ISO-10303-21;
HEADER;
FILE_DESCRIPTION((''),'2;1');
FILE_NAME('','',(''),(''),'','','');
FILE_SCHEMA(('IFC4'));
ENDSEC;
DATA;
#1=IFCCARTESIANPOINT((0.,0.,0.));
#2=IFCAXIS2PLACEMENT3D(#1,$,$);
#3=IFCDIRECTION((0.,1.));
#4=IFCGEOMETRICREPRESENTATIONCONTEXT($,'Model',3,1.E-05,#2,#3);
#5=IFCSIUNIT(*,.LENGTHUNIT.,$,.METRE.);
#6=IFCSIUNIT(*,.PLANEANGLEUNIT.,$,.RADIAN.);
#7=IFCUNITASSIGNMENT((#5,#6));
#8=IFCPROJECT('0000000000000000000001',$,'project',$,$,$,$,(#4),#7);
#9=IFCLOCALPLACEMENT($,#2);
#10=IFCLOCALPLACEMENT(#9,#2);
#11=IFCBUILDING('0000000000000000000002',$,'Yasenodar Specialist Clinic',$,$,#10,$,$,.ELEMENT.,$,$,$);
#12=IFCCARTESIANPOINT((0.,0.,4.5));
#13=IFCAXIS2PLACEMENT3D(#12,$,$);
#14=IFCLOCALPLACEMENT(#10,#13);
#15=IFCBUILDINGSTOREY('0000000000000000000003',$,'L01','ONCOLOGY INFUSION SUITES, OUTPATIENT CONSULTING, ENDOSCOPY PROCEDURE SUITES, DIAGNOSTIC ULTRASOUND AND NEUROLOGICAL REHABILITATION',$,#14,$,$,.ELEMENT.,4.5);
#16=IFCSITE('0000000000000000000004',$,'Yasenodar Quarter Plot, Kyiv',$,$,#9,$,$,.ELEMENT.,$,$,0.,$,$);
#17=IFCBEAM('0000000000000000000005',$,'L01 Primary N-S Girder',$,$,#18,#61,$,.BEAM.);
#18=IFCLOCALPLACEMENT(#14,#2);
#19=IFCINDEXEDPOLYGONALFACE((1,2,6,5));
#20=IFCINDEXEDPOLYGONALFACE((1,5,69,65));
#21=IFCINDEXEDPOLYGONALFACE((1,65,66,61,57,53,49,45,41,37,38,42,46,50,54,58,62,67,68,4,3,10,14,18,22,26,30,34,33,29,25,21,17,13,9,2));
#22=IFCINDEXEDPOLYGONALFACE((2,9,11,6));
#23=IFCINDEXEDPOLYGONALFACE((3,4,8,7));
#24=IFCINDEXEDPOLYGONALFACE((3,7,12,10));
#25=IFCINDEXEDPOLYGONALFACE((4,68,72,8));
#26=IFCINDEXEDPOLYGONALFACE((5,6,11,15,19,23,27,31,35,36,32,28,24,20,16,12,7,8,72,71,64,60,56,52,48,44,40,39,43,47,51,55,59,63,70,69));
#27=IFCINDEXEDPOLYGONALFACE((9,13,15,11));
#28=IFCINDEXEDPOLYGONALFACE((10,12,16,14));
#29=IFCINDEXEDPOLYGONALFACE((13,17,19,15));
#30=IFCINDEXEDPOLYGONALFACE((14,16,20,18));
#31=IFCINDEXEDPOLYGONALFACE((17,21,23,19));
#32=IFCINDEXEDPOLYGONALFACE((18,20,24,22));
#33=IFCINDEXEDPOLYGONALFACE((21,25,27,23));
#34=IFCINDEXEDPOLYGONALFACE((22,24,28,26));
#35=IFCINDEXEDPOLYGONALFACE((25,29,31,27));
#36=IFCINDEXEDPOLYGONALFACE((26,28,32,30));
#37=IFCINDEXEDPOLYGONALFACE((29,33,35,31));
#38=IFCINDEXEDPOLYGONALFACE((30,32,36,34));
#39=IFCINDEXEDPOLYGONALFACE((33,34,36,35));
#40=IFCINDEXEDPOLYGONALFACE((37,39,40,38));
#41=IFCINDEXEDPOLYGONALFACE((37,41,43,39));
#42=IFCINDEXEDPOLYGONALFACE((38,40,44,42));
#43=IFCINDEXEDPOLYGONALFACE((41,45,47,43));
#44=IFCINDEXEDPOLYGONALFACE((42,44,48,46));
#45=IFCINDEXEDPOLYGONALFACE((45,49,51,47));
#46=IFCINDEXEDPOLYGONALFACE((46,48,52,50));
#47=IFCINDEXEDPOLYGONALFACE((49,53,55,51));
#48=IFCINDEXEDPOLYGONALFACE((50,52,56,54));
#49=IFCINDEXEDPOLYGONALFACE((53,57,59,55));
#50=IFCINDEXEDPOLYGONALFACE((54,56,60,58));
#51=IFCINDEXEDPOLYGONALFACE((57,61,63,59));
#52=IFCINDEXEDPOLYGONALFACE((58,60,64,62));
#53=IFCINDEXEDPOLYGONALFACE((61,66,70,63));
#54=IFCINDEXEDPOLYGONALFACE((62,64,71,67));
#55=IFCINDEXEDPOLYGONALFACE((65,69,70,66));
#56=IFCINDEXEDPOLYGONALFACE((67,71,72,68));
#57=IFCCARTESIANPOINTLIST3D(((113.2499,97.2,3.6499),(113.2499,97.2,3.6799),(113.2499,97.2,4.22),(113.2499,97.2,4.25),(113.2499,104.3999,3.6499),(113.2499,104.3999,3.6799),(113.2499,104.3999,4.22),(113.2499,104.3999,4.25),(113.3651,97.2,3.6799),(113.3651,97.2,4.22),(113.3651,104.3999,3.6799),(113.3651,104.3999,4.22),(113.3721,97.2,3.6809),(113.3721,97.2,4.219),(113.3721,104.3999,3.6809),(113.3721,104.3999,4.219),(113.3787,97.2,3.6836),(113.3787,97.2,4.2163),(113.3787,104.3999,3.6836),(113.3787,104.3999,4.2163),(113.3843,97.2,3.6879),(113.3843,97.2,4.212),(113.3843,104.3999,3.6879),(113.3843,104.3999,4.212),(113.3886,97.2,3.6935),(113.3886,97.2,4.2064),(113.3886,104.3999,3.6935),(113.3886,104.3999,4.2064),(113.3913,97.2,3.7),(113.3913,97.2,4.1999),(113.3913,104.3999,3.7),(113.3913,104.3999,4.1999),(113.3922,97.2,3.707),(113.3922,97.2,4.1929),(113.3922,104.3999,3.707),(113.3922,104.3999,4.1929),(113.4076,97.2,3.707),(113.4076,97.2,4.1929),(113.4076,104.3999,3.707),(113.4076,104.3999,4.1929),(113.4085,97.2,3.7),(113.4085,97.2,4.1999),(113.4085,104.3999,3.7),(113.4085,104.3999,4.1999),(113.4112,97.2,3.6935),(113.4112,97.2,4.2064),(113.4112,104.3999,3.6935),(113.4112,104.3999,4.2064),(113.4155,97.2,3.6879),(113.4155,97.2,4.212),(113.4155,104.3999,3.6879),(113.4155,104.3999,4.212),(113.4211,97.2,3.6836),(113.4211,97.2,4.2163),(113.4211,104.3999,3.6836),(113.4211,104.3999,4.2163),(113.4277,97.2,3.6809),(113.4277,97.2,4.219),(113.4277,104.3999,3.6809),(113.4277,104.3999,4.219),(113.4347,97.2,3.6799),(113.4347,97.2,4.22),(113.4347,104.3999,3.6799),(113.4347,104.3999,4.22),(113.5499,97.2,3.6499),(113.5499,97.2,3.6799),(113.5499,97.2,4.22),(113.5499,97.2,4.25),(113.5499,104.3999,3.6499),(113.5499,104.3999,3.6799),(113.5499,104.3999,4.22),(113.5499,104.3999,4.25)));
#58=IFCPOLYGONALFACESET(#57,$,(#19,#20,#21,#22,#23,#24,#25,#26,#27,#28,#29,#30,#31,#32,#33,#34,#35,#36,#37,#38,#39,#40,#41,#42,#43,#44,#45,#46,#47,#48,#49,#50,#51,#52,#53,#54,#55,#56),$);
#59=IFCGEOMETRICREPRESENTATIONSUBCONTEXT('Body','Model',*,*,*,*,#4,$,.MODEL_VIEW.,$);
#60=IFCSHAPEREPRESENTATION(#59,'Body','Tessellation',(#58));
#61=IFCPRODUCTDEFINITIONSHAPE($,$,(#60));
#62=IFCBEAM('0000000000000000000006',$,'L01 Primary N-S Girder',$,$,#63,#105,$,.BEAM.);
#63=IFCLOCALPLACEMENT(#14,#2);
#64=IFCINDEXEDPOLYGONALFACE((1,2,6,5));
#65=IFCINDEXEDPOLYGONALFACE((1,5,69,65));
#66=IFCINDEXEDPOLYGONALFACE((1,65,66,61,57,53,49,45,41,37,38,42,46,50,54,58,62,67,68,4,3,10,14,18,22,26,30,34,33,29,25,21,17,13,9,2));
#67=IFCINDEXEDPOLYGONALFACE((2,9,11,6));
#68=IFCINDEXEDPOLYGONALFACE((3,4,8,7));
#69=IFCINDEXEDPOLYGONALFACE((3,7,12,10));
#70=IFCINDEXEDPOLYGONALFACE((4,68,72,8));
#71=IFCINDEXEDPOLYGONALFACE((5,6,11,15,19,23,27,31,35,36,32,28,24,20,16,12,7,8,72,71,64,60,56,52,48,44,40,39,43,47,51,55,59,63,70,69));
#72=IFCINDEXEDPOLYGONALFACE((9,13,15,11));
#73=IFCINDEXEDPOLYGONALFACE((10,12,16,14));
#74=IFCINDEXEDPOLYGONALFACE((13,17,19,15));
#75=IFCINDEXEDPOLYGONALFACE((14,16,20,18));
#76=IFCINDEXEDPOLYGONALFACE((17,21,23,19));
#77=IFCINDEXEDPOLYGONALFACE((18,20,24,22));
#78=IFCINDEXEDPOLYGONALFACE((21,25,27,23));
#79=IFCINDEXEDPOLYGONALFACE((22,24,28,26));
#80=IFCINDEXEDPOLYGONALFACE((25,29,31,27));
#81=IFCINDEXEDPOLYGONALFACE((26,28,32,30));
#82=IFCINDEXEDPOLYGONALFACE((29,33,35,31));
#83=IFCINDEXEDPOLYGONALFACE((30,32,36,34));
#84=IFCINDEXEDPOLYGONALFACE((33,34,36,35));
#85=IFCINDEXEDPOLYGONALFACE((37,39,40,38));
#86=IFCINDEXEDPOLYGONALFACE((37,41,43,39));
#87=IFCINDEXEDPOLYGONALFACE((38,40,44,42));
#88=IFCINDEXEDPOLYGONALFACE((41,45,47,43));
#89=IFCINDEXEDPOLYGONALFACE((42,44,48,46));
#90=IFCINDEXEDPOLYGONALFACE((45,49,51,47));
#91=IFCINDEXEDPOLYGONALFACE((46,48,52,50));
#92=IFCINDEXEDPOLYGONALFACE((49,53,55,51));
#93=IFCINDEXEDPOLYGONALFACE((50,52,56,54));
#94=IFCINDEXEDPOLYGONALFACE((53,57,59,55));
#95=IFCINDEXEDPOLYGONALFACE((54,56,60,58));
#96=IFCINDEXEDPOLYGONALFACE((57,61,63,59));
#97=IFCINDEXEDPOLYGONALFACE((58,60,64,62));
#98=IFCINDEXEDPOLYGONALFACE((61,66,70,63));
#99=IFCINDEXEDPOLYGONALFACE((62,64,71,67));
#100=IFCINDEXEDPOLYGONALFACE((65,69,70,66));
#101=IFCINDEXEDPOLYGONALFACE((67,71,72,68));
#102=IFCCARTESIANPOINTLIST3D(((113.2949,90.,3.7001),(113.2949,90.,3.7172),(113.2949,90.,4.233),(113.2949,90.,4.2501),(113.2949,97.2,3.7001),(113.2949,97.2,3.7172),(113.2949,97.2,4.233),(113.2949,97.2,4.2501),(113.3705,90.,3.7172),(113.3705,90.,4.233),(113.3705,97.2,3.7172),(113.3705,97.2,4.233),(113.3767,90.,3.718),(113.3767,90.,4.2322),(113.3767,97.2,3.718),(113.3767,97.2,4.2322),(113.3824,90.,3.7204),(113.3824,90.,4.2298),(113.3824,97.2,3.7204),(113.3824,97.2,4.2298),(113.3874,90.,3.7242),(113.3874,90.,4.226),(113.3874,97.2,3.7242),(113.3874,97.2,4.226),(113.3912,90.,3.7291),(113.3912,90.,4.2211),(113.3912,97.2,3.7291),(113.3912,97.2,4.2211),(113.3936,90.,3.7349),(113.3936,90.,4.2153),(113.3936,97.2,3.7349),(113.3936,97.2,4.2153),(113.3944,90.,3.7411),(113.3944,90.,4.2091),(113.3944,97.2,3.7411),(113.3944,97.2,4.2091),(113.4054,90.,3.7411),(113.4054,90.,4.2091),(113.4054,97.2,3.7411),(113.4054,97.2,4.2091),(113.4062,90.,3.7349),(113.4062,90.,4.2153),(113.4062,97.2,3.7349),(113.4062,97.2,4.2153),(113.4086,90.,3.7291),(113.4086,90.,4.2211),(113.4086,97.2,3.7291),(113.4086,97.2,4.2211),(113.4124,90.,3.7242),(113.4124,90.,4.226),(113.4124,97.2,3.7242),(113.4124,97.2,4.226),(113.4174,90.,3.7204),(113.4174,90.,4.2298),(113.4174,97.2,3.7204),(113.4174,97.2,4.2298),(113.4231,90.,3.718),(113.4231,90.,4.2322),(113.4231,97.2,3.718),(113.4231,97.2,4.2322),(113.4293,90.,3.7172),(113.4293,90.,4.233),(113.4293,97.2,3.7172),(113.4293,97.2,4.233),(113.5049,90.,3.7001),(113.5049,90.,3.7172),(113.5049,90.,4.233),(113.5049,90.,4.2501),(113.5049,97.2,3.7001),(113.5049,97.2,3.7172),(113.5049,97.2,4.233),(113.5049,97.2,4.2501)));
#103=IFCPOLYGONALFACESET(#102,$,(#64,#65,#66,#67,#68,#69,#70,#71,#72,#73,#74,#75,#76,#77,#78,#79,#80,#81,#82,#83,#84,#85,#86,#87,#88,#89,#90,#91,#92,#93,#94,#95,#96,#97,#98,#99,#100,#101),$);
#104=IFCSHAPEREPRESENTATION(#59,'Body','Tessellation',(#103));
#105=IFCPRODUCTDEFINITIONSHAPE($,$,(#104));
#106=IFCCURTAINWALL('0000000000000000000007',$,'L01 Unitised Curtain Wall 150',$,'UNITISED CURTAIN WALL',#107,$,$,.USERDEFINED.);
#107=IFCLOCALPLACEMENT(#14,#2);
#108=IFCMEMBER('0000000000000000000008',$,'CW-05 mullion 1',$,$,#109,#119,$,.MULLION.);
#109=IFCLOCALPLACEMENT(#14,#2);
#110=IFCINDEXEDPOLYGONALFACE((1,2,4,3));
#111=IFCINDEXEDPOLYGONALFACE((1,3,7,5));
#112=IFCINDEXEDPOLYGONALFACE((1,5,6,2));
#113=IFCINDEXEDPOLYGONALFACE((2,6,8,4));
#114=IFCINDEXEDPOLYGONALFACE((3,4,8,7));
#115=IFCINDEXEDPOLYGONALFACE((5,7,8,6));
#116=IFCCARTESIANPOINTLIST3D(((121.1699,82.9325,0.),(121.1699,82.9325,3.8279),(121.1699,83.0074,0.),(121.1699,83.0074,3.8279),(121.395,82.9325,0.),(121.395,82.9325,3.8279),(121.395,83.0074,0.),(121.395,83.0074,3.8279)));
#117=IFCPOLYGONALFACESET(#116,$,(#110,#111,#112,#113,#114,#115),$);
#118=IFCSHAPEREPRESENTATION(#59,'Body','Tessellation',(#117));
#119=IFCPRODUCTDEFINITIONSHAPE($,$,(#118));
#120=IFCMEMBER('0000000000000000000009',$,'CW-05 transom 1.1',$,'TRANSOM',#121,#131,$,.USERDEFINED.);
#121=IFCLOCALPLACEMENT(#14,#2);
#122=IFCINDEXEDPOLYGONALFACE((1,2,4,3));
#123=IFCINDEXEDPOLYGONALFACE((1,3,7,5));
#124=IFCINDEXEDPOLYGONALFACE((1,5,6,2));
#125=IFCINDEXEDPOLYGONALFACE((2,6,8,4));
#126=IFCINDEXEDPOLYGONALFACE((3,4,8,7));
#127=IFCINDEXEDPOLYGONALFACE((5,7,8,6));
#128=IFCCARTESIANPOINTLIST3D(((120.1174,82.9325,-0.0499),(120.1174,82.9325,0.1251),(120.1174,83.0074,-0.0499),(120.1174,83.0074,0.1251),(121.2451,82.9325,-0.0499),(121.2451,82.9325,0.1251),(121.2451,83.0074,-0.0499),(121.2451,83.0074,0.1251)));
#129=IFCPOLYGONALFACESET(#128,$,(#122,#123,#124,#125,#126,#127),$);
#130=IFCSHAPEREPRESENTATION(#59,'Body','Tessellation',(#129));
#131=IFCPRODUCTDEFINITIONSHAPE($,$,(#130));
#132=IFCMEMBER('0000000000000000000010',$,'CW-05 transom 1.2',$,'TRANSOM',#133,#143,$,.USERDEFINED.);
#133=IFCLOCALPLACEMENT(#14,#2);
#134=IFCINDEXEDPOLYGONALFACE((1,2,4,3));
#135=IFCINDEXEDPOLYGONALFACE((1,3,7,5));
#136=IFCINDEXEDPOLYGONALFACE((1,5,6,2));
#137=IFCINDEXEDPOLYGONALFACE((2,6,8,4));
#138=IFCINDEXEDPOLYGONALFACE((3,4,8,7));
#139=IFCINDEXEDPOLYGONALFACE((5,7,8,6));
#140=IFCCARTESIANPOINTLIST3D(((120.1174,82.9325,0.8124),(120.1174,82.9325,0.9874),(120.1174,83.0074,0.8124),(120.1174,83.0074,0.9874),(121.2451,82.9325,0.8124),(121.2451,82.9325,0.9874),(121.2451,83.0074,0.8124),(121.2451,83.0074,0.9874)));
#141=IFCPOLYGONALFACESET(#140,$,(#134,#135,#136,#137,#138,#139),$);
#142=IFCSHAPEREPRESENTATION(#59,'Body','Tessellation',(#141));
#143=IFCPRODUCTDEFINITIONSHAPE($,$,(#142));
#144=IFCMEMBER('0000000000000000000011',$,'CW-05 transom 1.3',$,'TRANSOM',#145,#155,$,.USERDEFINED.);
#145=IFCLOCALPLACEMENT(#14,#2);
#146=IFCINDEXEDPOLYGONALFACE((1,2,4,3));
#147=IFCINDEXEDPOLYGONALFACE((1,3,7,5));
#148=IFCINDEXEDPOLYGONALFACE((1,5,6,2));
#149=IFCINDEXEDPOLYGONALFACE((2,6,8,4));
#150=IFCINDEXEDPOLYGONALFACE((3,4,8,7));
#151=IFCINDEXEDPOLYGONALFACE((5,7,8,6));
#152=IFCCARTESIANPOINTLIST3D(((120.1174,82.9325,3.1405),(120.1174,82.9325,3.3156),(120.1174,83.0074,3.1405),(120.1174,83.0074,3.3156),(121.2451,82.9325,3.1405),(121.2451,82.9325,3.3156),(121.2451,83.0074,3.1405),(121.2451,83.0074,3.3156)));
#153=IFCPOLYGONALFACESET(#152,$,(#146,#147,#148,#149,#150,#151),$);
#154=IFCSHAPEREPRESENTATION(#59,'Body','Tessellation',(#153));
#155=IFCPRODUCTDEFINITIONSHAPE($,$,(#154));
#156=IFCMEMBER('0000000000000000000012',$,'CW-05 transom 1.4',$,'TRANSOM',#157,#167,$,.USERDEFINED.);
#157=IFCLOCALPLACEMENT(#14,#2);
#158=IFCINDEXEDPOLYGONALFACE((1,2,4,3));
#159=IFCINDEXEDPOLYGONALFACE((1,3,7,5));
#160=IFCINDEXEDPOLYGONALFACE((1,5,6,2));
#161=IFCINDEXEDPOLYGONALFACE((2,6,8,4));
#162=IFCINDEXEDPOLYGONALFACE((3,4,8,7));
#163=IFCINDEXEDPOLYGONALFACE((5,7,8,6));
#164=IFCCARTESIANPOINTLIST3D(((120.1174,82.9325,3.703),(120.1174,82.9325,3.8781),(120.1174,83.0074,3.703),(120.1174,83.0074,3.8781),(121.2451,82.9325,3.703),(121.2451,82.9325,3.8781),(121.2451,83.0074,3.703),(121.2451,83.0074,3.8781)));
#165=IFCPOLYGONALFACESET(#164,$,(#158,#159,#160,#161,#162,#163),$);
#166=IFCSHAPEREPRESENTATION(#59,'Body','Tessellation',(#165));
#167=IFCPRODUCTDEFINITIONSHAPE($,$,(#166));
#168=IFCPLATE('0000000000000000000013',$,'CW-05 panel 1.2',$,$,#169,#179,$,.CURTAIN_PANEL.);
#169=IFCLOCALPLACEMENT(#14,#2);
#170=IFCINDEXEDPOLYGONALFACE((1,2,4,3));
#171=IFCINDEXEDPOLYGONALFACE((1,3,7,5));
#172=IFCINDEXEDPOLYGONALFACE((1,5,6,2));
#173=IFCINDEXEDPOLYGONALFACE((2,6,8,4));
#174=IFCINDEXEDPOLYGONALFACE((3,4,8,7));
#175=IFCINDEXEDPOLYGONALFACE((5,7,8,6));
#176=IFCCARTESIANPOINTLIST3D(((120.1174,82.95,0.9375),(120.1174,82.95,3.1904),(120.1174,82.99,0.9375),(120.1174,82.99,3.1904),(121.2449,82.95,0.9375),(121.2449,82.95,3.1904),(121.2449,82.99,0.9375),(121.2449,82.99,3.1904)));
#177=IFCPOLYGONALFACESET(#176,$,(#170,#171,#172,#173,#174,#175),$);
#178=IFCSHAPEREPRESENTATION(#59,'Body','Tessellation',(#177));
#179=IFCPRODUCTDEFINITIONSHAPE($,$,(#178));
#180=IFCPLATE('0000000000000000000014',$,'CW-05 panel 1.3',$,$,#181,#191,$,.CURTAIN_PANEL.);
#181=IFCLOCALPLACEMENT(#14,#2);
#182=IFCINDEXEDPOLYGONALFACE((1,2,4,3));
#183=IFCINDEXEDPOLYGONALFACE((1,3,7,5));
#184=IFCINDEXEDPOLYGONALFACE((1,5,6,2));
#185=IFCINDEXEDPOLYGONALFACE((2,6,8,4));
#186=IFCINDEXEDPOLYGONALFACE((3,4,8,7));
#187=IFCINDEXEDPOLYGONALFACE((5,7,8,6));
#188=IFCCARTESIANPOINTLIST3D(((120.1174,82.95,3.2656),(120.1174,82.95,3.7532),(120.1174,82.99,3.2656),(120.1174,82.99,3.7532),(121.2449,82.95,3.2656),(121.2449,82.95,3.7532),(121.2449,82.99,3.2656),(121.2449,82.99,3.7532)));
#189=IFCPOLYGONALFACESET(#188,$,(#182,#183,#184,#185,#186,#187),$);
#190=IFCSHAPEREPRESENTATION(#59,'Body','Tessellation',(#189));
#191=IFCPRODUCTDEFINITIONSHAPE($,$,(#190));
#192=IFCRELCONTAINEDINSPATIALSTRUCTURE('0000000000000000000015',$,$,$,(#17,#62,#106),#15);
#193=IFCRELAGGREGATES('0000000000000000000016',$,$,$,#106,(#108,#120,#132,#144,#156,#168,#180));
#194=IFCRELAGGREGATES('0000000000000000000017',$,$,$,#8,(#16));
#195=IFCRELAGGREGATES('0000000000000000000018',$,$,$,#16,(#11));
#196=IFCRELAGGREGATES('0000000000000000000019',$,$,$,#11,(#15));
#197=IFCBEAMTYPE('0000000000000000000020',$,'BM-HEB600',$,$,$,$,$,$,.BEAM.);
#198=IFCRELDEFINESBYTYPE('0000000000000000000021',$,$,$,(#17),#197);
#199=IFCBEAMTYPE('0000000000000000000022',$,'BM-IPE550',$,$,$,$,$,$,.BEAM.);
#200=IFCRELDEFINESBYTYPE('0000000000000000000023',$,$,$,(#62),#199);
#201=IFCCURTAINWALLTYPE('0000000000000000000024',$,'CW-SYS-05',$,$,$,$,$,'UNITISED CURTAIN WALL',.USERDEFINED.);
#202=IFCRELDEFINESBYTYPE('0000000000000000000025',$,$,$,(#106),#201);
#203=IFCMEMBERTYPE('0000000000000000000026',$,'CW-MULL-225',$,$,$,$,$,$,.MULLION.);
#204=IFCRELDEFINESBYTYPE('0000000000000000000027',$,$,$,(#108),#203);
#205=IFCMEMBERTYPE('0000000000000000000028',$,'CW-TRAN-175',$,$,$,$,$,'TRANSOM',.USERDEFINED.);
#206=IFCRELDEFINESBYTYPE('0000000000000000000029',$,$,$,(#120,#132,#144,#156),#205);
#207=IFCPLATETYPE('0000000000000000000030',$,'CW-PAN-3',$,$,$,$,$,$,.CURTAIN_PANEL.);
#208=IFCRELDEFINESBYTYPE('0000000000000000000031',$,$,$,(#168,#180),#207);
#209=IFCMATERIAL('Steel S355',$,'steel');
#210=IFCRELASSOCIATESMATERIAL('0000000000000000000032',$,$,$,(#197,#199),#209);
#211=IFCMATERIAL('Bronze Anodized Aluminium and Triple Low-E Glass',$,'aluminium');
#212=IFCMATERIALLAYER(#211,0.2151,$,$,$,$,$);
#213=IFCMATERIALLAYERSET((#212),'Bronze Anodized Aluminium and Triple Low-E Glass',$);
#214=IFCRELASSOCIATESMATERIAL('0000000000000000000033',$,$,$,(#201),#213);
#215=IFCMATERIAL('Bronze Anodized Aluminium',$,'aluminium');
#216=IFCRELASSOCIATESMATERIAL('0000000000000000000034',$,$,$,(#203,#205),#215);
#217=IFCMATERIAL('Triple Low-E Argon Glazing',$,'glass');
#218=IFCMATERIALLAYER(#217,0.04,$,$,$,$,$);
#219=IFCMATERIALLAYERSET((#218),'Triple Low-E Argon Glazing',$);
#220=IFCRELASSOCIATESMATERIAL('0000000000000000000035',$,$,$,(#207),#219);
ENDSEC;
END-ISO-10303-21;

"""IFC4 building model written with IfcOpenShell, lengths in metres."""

from ifc_helpers import new_model, si_unit, direction, frame, origin, origin_2d, place, context, subcontext, project, spatial, rectangle, i_section, extrude, material, layer, layer_set, material_profile, profile_set, type_object, element, aggregate, save


model = new_model("IFC4")

# Units and contexts
model_context = context("Model", 3, precision=1e-05, world=origin(), true_north=direction((0.0, 1.0)))
body_context = subcontext(model_context, "Body", "Model", "MODEL_VIEW")
ifc_project = project(units=[si_unit("LENGTHUNIT", "METRE"), si_unit("PLANEANGLEUNIT", "RADIAN")], contexts=[model_context])

# Site, building, storey
site_placement = place(None, origin())
site = spatial("IfcSite", under=ifc_project, at=site_placement, Name="Yasenodar Quarter Plot, Kyiv", CompositionType="ELEMENT", RefElevation=0.0)
building_placement = place(site_placement, origin())
building = spatial("IfcBuilding", under=site, at=building_placement, Name="Yasenodar Specialist Clinic", CompositionType="ELEMENT")
storey_placement = place(building_placement, frame((0.0, 0.0, 4.5)))
storey = spatial("IfcBuildingStorey", under=building, at=storey_placement, Name="L01", Description="ONCOLOGY INFUSION SUITES, OUTPATIENT CONSULTING, ENDOSCOPY PROCEDURE SUITES, DIAGNOSTIC ULTRASOUND AND NEUROLOGICAL REHABILITATION", CompositionType="ELEMENT", Elevation=4.5)

# Shared definitions
ifc_material_1 = material(Name="Steel S355", Category="steel")

# Beams
ifc_material_profile_1 = material_profile(ifc_material_1, i_section(OverallWidth=0.3, OverallDepth=0.6001, WebThickness=0.0154, FlangeThickness=0.03, FilletRadius=0.0271, at=origin_2d()), Name="HEB 600")
ifc_profile_set_1 = profile_set([ifc_material_profile_1], Name="Steel S355")
beam_type_1 = type_object("IfcBeamType", Name="BM-HEB600", PredefinedType="BEAM", material=ifc_profile_set_1)
beam_1_placement = place(storey_placement, frame((113.3999, 97.2, 3.95), z_axis=(0.0, 1.0, 0.0), x_axis=(-1.0, 0.0, 0.0)))
element("IfcBeam", 1, at=beam_1_placement, inside=storey, type_object=beam_type_1, Name="L01 Primary N-S Girder", PredefinedType="BEAM", context=body_context, shape_type="SweptSolid", body=[
    extrude(i_section(OverallWidth=0.3, OverallDepth=0.6001, WebThickness=0.0154, FlangeThickness=0.03, FilletRadius=0.0271, at=origin_2d()), origin(), (0.0, 0.0, 1.0), 7.2),
])
ifc_material_profile_2 = material_profile(ifc_material_1, i_section(OverallWidth=0.21, OverallDepth=0.55, WebThickness=0.011, FlangeThickness=0.0171, FilletRadius=0.0239, at=origin_2d()), Name="IPE 550")
ifc_profile_set_2 = profile_set([ifc_material_profile_2], Name="Steel S355")
beam_type_2 = type_object("IfcBeamType", Name="BM-IPE550", PredefinedType="BEAM", material=ifc_profile_set_2)
beam_2_placement = place(storey_placement, frame((113.3999, 90.0, 3.9751), z_axis=(0.0, 1.0, 0.0), x_axis=(-1.0, 0.0, 0.0)))
element("IfcBeam", 2, at=beam_2_placement, inside=storey, type_object=beam_type_2, Name="L01 Primary N-S Girder", PredefinedType="BEAM", context=body_context, shape_type="SweptSolid", body=[
    extrude(i_section(OverallWidth=0.21, OverallDepth=0.55, WebThickness=0.011, FlangeThickness=0.0171, FilletRadius=0.0239, at=origin_2d()), origin(), (0.0, 0.0, 1.0), 7.2),
])

# Curtain wall, members, plates
ifc_material_2 = material(Name="Bronze Anodized Aluminium and Triple Low-E Glass", Category="aluminium")
ifc_layer_1 = layer(ifc_material_2, 0.2151)
ifc_layer_set_1 = layer_set([ifc_layer_1], Name="Bronze Anodized Aluminium and Triple Low-E Glass")
curtain_wall_type = type_object("IfcCurtainWallType", Name="CW-SYS-05", ElementType="UNITISED CURTAIN WALL", PredefinedType="USERDEFINED", material=ifc_layer_set_1)
curtain_wall_placement = place(storey_placement, origin())
curtain_wall = element("IfcCurtainWall", 3, at=curtain_wall_placement, inside=storey, type_object=curtain_wall_type, Name="L01 Unitised Curtain Wall 150", ObjectType="UNITISED CURTAIN WALL", PredefinedType="USERDEFINED")
ifc_material_3 = material(Name="Bronze Anodized Aluminium", Category="aluminium")
ifc_material_profile_3 = material_profile(ifc_material_3, rectangle(XDim=0.075, YDim=0.2251, at=origin_2d()), Name="CW-MULL 75x225")
ifc_profile_set_3 = profile_set([ifc_material_profile_3], Name="Bronze Anodized Aluminium")
member_type_1 = type_object("IfcMemberType", Name="CW-MULL-225", PredefinedType="MULLION", material=ifc_profile_set_3)
member_1_placement = place(storey_placement, frame((121.2825, 82.97, 0.0), z_axis=(0.0, 0.0, 1.0), x_axis=(0.0, -1.0, 0.0)))
member_1 = element("IfcMember", 4, at=member_1_placement, type_object=member_type_1, Name="CW-05 mullion 1", PredefinedType="MULLION", context=body_context, shape_type="SweptSolid", body=[
    extrude(rectangle(XDim=0.075, YDim=0.2251, at=origin_2d()), origin(), (0.0, 0.0, 1.0), 3.8279),
])
ifc_material_profile_4 = material_profile(ifc_material_3, rectangle(XDim=0.075, YDim=0.175, at=origin_2d()), Name="CW-TRAN 75x175")
ifc_profile_set_4 = profile_set([ifc_material_profile_4], Name="Bronze Anodized Aluminium")
member_type_2 = type_object("IfcMemberType", Name="CW-TRAN-175", ElementType="TRANSOM", PredefinedType="USERDEFINED", material=ifc_profile_set_4)
member_2_placement = place(storey_placement, frame((121.2451, 82.97, 0.0376), z_axis=(-1.0, 0.0, 0.0), x_axis=(0.0, -1.0, 0.0)))
member_2 = element("IfcMember", 5, at=member_2_placement, type_object=member_type_2, Name="CW-05 transom 1.1", ObjectType="TRANSOM", PredefinedType="USERDEFINED", context=body_context, shape_type="SweptSolid", body=[
    extrude(rectangle(XDim=0.075, YDim=0.175, at=origin_2d()), origin(), (0.0, 0.0, 1.0), 1.1277),
])
member_3_placement = place(storey_placement, frame((121.2451, 82.97, 0.8999), z_axis=(-1.0, 0.0, 0.0), x_axis=(0.0, -1.0, 0.0)))
member_3 = element("IfcMember", 6, at=member_3_placement, type_object=member_type_2, Name="CW-05 transom 1.2", ObjectType="TRANSOM", PredefinedType="USERDEFINED", context=body_context, shape_type="SweptSolid", body=[
    extrude(rectangle(XDim=0.075, YDim=0.175, at=origin_2d()), origin(), (0.0, 0.0, 1.0), 1.1277),
])
member_4_placement = place(storey_placement, frame((121.2451, 82.97, 3.228), z_axis=(-1.0, 0.0, 0.0), x_axis=(0.0, -1.0, 0.0)))
member_4 = element("IfcMember", 7, at=member_4_placement, type_object=member_type_2, Name="CW-05 transom 1.3", ObjectType="TRANSOM", PredefinedType="USERDEFINED", context=body_context, shape_type="SweptSolid", body=[
    extrude(rectangle(XDim=0.075, YDim=0.175, at=origin_2d()), origin(), (0.0, 0.0, 1.0), 1.1277),
])
member_5_placement = place(storey_placement, frame((121.2451, 82.97, 3.7905), z_axis=(-1.0, 0.0, 0.0), x_axis=(0.0, -1.0, 0.0)))
member_5 = element("IfcMember", 8, at=member_5_placement, type_object=member_type_2, Name="CW-05 transom 1.4", ObjectType="TRANSOM", PredefinedType="USERDEFINED", context=body_context, shape_type="SweptSolid", body=[
    extrude(rectangle(XDim=0.075, YDim=0.175, at=origin_2d()), origin(), (0.0, 0.0, 1.0), 1.1277),
])
ifc_material_4 = material(Name="Triple Low-E Argon Glazing", Category="glass")
ifc_layer_2 = layer(ifc_material_4, 0.04)
ifc_layer_set_2 = layer_set([ifc_layer_2], Name="Triple Low-E Argon Glazing")
plate_type = type_object("IfcPlateType", Name="CW-PAN-3", PredefinedType="CURTAIN_PANEL", material=ifc_layer_set_2)
plate_1_placement = place(storey_placement, frame((120.6812, 82.97, 0.9375), z_axis=(0.0, 0.0, 1.0), x_axis=(-1.0, 0.0, 0.0)))
plate_1 = element("IfcPlate", 9, at=plate_1_placement, type_object=plate_type, Name="CW-05 panel 1.2", PredefinedType="CURTAIN_PANEL", context=body_context, shape_type="SweptSolid", body=[
    extrude(rectangle(XDim=1.1274, YDim=0.04, at=origin_2d()), origin(), (0.0, 0.0, 1.0), 2.2529),
])
plate_2_placement = place(storey_placement, frame((120.6812, 82.97, 3.2656), z_axis=(0.0, 0.0, 1.0), x_axis=(-1.0, 0.0, 0.0)))
plate_2 = element("IfcPlate", 10, at=plate_2_placement, type_object=plate_type, Name="CW-05 panel 1.3", PredefinedType="CURTAIN_PANEL", context=body_context, shape_type="SweptSolid", body=[
    extrude(rectangle(XDim=1.1274, YDim=0.04, at=origin_2d()), origin(), (0.0, 0.0, 1.0), 0.4875),
])
aggregate(curtain_wall, [member_1, member_2, member_3, member_4, member_5, plate_1, plate_2])

save(model, "model.ifc")
